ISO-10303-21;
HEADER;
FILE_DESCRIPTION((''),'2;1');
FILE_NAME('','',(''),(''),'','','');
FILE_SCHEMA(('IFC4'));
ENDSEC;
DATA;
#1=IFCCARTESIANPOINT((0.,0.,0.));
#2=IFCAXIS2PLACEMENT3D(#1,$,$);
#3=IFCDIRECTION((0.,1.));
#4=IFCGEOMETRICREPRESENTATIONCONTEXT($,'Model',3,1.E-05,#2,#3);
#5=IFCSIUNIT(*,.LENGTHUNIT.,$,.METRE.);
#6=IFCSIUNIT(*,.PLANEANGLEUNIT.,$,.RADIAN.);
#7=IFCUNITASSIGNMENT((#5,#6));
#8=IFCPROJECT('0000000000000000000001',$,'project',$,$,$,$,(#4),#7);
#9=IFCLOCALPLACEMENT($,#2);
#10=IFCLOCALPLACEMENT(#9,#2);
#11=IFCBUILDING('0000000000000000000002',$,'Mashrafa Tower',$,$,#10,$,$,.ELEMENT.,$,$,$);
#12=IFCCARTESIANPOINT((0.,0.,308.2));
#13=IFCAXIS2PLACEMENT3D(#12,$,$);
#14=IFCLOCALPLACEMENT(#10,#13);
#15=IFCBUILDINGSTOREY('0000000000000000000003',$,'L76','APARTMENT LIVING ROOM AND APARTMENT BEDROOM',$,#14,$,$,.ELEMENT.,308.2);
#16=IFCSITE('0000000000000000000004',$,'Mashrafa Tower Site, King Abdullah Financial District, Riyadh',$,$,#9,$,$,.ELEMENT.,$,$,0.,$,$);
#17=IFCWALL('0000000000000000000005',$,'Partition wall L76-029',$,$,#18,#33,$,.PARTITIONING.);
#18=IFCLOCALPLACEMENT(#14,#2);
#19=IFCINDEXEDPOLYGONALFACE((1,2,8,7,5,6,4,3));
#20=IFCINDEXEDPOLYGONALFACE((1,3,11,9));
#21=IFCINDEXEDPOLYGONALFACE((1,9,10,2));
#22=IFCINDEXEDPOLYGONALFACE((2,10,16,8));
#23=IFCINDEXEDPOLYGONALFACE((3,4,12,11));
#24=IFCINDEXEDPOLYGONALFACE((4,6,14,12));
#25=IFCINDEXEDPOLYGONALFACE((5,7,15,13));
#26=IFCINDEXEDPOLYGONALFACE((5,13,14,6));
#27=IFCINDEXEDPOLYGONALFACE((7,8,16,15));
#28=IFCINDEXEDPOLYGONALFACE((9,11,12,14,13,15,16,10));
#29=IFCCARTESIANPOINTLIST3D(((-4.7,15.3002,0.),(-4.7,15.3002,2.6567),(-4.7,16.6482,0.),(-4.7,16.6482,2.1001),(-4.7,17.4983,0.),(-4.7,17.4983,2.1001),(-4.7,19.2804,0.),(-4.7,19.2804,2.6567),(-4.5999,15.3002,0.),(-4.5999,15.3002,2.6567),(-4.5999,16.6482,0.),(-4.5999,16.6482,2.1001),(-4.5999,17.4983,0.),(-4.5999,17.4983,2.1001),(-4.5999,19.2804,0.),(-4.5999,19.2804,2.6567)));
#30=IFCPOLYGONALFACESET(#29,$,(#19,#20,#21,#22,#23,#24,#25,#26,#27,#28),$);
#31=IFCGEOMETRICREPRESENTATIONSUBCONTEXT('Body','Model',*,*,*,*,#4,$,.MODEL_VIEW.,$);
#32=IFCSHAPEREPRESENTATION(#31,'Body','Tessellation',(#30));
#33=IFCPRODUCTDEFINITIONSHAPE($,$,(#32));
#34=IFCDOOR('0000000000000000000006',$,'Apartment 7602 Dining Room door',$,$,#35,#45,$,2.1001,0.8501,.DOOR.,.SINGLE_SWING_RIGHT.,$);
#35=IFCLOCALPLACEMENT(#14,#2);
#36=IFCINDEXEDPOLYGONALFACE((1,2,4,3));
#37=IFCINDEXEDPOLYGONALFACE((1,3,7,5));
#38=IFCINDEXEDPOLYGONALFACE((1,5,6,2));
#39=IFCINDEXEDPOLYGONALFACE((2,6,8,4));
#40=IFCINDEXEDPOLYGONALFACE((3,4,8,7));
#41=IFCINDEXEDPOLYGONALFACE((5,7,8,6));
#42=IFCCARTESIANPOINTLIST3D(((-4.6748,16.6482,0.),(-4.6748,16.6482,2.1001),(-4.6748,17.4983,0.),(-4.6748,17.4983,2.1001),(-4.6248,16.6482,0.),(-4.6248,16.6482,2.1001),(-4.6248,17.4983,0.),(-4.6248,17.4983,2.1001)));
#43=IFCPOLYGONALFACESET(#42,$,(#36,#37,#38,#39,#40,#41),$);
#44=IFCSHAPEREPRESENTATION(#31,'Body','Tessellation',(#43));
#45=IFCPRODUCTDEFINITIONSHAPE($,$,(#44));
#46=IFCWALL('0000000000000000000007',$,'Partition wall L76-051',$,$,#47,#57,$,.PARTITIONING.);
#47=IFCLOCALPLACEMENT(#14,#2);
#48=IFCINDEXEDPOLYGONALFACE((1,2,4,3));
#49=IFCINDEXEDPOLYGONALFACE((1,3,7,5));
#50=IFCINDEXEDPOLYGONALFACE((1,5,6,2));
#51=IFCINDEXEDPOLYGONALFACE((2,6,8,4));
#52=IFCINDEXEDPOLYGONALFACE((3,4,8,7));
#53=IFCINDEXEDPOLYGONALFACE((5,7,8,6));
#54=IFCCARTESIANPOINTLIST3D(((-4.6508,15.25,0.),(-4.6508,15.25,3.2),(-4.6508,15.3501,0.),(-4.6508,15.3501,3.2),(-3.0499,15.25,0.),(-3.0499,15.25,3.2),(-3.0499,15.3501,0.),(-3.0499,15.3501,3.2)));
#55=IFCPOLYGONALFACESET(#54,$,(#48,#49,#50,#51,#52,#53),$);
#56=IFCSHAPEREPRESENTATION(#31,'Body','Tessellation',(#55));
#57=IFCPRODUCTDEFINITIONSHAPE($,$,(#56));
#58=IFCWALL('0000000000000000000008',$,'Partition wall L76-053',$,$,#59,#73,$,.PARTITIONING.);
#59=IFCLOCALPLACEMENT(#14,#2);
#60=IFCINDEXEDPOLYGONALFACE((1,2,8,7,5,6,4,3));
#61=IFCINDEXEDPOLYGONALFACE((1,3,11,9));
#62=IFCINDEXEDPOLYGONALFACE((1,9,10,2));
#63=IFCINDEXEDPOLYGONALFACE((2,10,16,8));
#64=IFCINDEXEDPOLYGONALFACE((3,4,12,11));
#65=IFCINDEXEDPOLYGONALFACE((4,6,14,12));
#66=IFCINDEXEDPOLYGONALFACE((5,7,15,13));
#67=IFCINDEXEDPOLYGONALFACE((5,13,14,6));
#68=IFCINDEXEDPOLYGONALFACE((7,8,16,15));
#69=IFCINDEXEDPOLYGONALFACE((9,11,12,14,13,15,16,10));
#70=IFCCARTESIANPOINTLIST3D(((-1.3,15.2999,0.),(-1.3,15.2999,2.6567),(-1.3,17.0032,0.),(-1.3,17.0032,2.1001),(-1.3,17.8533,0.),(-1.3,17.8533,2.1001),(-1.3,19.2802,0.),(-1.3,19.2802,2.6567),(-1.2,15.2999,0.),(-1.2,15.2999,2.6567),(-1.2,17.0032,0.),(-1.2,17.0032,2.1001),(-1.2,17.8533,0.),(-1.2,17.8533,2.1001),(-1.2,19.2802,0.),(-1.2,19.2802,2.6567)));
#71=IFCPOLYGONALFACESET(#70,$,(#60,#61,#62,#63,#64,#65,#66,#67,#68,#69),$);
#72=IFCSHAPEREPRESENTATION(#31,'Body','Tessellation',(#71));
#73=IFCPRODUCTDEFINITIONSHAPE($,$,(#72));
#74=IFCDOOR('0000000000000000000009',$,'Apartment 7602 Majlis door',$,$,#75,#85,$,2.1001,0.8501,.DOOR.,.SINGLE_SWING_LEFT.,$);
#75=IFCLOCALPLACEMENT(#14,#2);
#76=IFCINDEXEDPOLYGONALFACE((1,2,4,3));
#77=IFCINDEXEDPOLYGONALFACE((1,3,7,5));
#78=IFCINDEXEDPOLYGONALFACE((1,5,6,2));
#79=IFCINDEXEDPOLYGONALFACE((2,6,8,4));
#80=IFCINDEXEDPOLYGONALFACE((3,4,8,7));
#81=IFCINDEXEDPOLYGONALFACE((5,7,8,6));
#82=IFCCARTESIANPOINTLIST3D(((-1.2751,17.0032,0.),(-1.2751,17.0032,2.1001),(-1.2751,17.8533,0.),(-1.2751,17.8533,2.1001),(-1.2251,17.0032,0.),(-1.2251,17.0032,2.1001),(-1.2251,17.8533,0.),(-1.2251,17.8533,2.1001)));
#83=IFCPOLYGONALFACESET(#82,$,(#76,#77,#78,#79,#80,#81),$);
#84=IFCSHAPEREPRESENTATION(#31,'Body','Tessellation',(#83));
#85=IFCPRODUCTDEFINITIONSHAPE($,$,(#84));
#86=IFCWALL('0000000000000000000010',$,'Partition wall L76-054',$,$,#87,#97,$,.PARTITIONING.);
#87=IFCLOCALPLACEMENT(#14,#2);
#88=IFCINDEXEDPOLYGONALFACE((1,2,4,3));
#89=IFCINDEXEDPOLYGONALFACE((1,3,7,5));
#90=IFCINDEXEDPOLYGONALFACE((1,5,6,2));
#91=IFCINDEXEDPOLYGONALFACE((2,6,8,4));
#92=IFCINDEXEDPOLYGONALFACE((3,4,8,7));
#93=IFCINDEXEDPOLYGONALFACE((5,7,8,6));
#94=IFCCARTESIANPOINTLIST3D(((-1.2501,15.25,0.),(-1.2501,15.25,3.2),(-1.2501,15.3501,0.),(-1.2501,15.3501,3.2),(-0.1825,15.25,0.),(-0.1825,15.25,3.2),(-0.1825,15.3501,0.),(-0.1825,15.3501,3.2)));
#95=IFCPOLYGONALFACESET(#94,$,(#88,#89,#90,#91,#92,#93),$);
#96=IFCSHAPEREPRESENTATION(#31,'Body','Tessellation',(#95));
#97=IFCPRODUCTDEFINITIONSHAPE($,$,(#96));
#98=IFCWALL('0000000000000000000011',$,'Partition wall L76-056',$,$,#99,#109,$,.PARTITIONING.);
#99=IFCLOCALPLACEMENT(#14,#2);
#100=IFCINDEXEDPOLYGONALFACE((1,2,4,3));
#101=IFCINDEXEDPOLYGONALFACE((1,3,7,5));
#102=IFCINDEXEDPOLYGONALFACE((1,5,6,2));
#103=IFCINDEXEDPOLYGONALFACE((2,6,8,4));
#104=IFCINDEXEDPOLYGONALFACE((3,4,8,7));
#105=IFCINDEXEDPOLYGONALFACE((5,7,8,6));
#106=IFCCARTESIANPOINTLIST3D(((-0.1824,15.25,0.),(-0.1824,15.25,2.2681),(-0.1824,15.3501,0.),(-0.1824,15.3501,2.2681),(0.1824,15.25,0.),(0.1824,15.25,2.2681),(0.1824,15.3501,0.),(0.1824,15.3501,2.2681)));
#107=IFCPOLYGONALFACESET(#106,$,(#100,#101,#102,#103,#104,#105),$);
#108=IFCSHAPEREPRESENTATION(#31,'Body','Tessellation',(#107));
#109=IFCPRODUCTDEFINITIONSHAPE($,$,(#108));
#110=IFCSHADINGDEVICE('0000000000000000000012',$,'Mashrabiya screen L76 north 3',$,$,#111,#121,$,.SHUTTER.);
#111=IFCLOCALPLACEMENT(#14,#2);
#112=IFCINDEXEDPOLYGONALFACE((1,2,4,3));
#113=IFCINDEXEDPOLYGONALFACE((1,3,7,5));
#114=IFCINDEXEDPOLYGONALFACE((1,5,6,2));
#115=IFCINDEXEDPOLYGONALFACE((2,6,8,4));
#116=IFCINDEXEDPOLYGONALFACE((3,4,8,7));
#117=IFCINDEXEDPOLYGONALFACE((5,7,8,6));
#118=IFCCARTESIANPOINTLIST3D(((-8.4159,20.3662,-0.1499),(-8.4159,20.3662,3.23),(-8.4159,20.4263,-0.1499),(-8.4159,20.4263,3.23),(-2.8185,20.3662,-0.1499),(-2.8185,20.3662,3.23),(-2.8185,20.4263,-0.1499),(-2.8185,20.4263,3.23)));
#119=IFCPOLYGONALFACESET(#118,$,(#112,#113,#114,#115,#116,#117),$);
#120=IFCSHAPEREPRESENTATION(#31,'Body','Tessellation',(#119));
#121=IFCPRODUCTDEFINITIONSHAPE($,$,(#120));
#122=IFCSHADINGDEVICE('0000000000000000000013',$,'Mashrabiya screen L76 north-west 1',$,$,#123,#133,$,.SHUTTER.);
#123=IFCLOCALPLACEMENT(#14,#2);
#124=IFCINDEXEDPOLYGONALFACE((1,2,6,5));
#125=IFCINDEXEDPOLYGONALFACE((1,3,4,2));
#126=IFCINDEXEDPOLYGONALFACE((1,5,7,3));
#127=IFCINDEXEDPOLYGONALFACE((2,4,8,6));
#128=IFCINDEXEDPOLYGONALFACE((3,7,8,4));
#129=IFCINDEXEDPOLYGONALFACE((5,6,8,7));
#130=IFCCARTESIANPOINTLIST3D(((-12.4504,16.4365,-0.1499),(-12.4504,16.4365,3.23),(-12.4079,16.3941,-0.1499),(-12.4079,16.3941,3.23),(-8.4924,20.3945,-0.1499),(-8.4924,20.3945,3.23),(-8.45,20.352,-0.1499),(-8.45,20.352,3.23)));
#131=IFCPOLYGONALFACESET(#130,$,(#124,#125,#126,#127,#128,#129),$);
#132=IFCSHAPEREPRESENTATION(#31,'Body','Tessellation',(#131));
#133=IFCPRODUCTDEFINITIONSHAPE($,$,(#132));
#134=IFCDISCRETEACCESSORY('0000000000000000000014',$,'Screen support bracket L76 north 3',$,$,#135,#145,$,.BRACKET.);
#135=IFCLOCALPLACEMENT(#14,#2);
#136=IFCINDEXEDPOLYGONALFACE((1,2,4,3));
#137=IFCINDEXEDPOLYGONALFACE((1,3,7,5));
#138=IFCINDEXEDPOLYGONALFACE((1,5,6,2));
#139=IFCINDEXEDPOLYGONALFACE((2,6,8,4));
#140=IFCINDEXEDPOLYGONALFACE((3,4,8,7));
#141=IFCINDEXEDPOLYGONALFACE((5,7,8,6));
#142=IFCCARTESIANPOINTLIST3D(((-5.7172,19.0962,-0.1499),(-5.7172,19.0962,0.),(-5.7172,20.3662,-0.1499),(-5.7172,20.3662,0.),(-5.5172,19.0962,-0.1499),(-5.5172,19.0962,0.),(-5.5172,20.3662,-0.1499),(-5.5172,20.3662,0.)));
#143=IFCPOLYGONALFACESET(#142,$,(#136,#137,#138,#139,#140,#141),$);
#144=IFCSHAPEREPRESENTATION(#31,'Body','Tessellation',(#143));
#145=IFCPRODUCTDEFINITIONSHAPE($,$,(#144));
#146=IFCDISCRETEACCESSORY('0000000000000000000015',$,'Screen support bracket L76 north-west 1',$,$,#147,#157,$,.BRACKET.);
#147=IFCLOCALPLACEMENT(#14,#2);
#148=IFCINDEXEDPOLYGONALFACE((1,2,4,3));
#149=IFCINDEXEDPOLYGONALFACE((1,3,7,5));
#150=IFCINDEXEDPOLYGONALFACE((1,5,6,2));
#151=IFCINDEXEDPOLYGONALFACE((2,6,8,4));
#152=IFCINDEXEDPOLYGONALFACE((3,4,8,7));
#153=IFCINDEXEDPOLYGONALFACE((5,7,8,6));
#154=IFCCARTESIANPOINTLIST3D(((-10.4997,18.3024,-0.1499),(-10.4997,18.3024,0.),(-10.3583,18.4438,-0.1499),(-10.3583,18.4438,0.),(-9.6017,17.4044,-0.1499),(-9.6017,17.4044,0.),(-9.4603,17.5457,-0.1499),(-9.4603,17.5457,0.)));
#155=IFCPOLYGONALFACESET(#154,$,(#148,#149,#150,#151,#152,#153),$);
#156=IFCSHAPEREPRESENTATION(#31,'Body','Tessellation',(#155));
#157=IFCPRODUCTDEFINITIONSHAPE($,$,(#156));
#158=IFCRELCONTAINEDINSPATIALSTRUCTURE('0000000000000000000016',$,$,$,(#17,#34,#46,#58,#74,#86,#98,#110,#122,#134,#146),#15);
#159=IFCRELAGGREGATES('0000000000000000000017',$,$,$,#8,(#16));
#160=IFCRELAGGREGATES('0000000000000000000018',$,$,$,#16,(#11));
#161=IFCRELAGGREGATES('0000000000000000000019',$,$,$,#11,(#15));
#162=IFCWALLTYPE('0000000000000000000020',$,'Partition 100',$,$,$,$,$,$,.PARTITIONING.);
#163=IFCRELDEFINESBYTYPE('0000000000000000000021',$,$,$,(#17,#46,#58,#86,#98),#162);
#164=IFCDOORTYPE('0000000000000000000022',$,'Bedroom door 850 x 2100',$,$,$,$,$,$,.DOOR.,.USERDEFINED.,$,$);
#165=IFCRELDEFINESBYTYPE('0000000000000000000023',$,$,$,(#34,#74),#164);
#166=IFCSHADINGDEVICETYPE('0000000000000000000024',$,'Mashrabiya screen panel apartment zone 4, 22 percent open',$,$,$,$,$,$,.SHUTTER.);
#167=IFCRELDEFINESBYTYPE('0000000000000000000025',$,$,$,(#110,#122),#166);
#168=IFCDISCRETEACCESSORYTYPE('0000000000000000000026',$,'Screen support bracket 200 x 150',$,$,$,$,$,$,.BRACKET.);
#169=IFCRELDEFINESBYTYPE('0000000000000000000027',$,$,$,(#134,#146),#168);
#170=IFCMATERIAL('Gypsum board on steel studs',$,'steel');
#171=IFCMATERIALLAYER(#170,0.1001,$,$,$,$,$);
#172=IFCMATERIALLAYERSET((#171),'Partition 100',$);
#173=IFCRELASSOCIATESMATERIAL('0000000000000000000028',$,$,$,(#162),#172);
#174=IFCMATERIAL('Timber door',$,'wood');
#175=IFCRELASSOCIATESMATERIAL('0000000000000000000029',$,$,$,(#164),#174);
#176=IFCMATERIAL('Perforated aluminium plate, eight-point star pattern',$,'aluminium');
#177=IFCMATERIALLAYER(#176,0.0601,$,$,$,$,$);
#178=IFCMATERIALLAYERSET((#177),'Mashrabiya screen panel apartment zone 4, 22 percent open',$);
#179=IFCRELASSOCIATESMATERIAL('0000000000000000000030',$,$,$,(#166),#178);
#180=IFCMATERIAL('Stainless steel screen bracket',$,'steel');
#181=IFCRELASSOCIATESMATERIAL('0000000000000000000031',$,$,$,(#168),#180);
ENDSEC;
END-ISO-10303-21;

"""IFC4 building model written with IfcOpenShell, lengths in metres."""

from ifc_helpers import new_model, si_unit, direction, frame, frame_2d, origin, origin_2d, place, context, subcontext, project, spatial, rectangle, extrude, source, transform, mapped, material, layer, layer_set, type_object, type_shapes, element, fill, save


model = new_model("IFC4")

# Units and contexts
model_context = context("Model", 3, precision=1e-05, world=origin(), true_north=direction((0.0, 1.0)))
body_context = subcontext(model_context, "Body", "Model", "MODEL_VIEW")
ifc_project = project(units=[si_unit("LENGTHUNIT", "METRE"), si_unit("PLANEANGLEUNIT", "RADIAN")], contexts=[model_context])

# Site, building, storey
site_placement = place(None, origin())
site = spatial("IfcSite", under=ifc_project, at=site_placement, Name="Mashrafa Tower Site, King Abdullah Financial District, Riyadh", CompositionType="ELEMENT", RefElevation=0.0)
building_placement = place(site_placement, origin())
building = spatial("IfcBuilding", under=site, at=building_placement, Name="Mashrafa Tower", CompositionType="ELEMENT")
storey_placement = place(building_placement, frame((0.0, 0.0, 308.2)))
storey = spatial("IfcBuildingStorey", under=building, at=storey_placement, Name="L76", Description="APARTMENT LIVING ROOM AND APARTMENT BEDROOM", CompositionType="ELEMENT", Elevation=308.2)

# Shared definitions
ifc_material_1 = material(Name="Gypsum board on steel studs", Category="steel")
ifc_layer_1 = layer(ifc_material_1, 0.1001)
ifc_layer_set_1 = layer_set([ifc_layer_1], Name="Partition 100")
wall_type = type_object("IfcWallType", Name="Partition 100", PredefinedType="PARTITIONING", material=ifc_layer_set_1)

# Wall, opening, door
wall_1_placement = place(storey_placement, frame((-4.6499, 15.3, 0.0), z_axis=(0.0, 0.0, 1.0), x_axis=(0.0, 1.0, 0.0)))
wall_1 = element("IfcWall", 1, at=wall_1_placement, inside=storey, type_object=wall_type, Name="Partition wall L76-029", PredefinedType="PARTITIONING", context=body_context, shape_type="SweptSolid", body=[
    extrude(rectangle(XDim=3.9802, YDim=0.1001, at=frame_2d((1.9902, 0.0))), origin(), (0.0, 0.0, 1.0), 2.6567),
])
opening_1_placement = place(wall_1_placement, frame((1.3481, 0.0, 0.0)))
opening_1 = element("IfcOpeningElement", 2, at=opening_1_placement, cuts=wall_1, PredefinedType="OPENING", context=body_context, shape_type="SweptSolid", body=[
    extrude(rectangle(XDim=0.8501, YDim=2.1001, at=frame_2d((0.425, 1.05))), frame((0.0, 0.0601, 0.0), z_axis=(0.0, -1.0, 0.0), x_axis=(1.0, 0.0, 0.0)), (0.0, 0.0, 1.0), 0.1201),
])
ifc_material_2 = material(Name="Timber door", Category="wood")
door_type = type_object("IfcDoorType", Name="Bedroom door 850 x 2100", OperationType="USERDEFINED", PredefinedType="DOOR", material=ifc_material_2)
door_1_placement = place(opening_1_placement, origin())
door_1 = element("IfcDoor", 3, at=door_1_placement, inside=storey, type_object=door_type, Name="Apartment 7602 Dining Room door", OperationType="SINGLE_SWING_RIGHT", OverallHeight=2.1001, OverallWidth=0.8501, PredefinedType="DOOR", context=body_context, shape_type="SweptSolid", body=[
    extrude(rectangle(XDim=0.8501, YDim=2.1001, at=frame_2d((0.425, 1.05))), frame((0.0, 0.0249, 0.0), z_axis=(0.0, -1.0, 0.0), x_axis=(1.0, 0.0, 0.0)), (0.0, 0.0, 1.0), 0.05),
])
fill(opening_1, door_1)

# Wall
wall_2_placement = place(storey_placement, frame((-3.05, 15.3, 0.0), z_axis=(0.0, 0.0, 1.0), x_axis=(-1.0, 0.0, 0.0)))
element("IfcWall", 4, at=wall_2_placement, inside=storey, type_object=wall_type, Name="Partition wall L76-051", PredefinedType="PARTITIONING", context=body_context, shape_type="SweptSolid", body=[
    extrude(rectangle(XDim=1.6008, YDim=0.1001, at=frame_2d((0.8003, 0.0))), origin(), (0.0, 0.0, 1.0), 3.2),
])

# Wall, opening, door
wall_3_placement = place(storey_placement, frame((-1.25, 19.2803, 0.0), z_axis=(0.0, 0.0, 1.0), x_axis=(0.0, -1.0, 0.0)))
wall_3 = element("IfcWall", 5, at=wall_3_placement, inside=storey, type_object=wall_type, Name="Partition wall L76-053", PredefinedType="PARTITIONING", context=body_context, shape_type="SweptSolid", body=[
    extrude(rectangle(XDim=3.9802, YDim=0.1001, at=frame_2d((1.9902, 0.0))), origin(), (0.0, 0.0, 1.0), 2.6567),
])
opening_2_placement = place(wall_3_placement, frame((1.427, 0.0, 0.0)))
opening_2 = element("IfcOpeningElement", 6, at=opening_2_placement, cuts=wall_3, PredefinedType="OPENING", context=body_context, shape_type="SweptSolid", body=[
    extrude(rectangle(XDim=0.8501, YDim=2.1001, at=frame_2d((0.425, 1.05))), frame((0.0, 0.0601, 0.0), z_axis=(0.0, -1.0, 0.0), x_axis=(1.0, 0.0, 0.0)), (0.0, 0.0, 1.0), 0.1201),
])
door_2_placement = place(opening_2_placement, origin())
door_2 = element("IfcDoor", 7, at=door_2_placement, inside=storey, type_object=door_type, Name="Apartment 7602 Majlis door", OperationType="SINGLE_SWING_LEFT", OverallHeight=2.1001, OverallWidth=0.8501, PredefinedType="DOOR", context=body_context, shape_type="SweptSolid", body=[
    extrude(rectangle(XDim=0.8501, YDim=2.1001, at=frame_2d((0.425, 1.05))), frame((0.0, 0.0249, 0.0), z_axis=(0.0, -1.0, 0.0), x_axis=(1.0, 0.0, 0.0)), (0.0, 0.0, 1.0), 0.05),
])
fill(opening_2, door_2)

# Walls
wall_4_placement = place(storey_placement, frame((-1.25, 15.3, 0.0), z_axis=(0.0, 0.0, 1.0), x_axis=(1.0, 0.0, 0.0)))
element("IfcWall", 8, at=wall_4_placement, inside=storey, type_object=wall_type, Name="Partition wall L76-054", PredefinedType="PARTITIONING", context=body_context, shape_type="SweptSolid", body=[
    extrude(rectangle(XDim=1.0676, YDim=0.1001, at=frame_2d((0.5337, 0.0))), origin(), (0.0, 0.0, 1.0), 3.2),
])
wall_5_placement = place(storey_placement, frame((-0.1824, 15.3, 0.0), z_axis=(0.0, 0.0, 1.0), x_axis=(1.0, 0.0, 0.0)))
element("IfcWall", 9, at=wall_5_placement, inside=storey, type_object=wall_type, Name="Partition wall L76-056", PredefinedType="PARTITIONING", context=body_context, shape_type="SweptSolid", body=[
    extrude(rectangle(XDim=0.3647, YDim=0.1001, at=frame_2d((0.1824, 0.0))), origin(), (0.0, 0.0, 1.0), 2.2681),
])

# Shading devices
ifc_material_3 = material(Name="Perforated aluminium plate, eight-point star pattern", Category="aluminium")
ifc_layer_2 = layer(ifc_material_3, 0.0601)
ifc_layer_set_2 = layer_set([ifc_layer_2], Name="Mashrabiya screen panel apartment zone 4, 22 percent open")
shading_device_type = type_object("IfcShadingDeviceType", Name="Mashrabiya screen panel apartment zone 4, 22 percent open", PredefinedType="SHUTTER", material=ifc_layer_set_2)
shared_shape_1 = source(origin(), body_context, "Body", "SweptSolid", [
    extrude(rectangle(XDim=5.5974, YDim=0.0601, at=origin_2d()), origin(), (0.0, 0.0, 1.0), 3.3799),
])
type_shapes(shading_device_type, [shared_shape_1])
for number, where, z_axis, x_axis, name in (
    (10, (-5.6172, 20.3962, -0.1499), (0.0, 0.0, 1.0), (-1.0, 0.0, 0.0), "Mashrabiya screen L76 north 3"),
    (11, (-10.4502, 18.3943, -0.1499), (0.0, 0.0, 1.0), (-0.707107, -0.707107, 0.0), "Mashrabiya screen L76 north-west 1"),
):
    element("IfcShadingDevice", number, at=place(storey_placement, frame(where, z_axis=z_axis, x_axis=x_axis)), inside=storey, type_object=shading_device_type, Name=name, PredefinedType="SHUTTER", context=body_context, shape_type="MappedRepresentation", body=[
        mapped(shared_shape_1, transform((0.0, 0.0, 0.0))),
    ])

# Discrete accessories
ifc_material_4 = material(Name="Stainless steel screen bracket", Category="steel")
discrete_accessory_type = type_object("IfcDiscreteAccessoryType", Name="Screen support bracket 200 x 150", PredefinedType="BRACKET", material=ifc_material_4)
shared_shape_2 = source(origin(), body_context, "Body", "SweptSolid", [
    extrude(rectangle(XDim=0.2, YDim=1.27, at=origin_2d()), origin(), (0.0, 0.0, 1.0), 0.1499),
])
type_shapes(discrete_accessory_type, [shared_shape_2])
for number, where, z_axis, x_axis, name in (
    (12, (-5.6172, 19.7312, -0.1499), (0.0, 0.0, 1.0), (-1.0, 0.0, 0.0), "Screen support bracket L76 north 3"),
    (13, (-9.98, 17.9241, -0.1499), (0.0, 0.0, 1.0), (-0.707107, -0.707107, 0.0), "Screen support bracket L76 north-west 1"),
):
    element("IfcDiscreteAccessory", number, at=place(storey_placement, frame(where, z_axis=z_axis, x_axis=x_axis)), inside=storey, type_object=discrete_accessory_type, Name=name, PredefinedType="BRACKET", context=body_context, shape_type="MappedRepresentation", body=[
        mapped(shared_shape_2, transform((0.0, 0.0, 0.0))),
    ])

save(model, "model.ifc")
